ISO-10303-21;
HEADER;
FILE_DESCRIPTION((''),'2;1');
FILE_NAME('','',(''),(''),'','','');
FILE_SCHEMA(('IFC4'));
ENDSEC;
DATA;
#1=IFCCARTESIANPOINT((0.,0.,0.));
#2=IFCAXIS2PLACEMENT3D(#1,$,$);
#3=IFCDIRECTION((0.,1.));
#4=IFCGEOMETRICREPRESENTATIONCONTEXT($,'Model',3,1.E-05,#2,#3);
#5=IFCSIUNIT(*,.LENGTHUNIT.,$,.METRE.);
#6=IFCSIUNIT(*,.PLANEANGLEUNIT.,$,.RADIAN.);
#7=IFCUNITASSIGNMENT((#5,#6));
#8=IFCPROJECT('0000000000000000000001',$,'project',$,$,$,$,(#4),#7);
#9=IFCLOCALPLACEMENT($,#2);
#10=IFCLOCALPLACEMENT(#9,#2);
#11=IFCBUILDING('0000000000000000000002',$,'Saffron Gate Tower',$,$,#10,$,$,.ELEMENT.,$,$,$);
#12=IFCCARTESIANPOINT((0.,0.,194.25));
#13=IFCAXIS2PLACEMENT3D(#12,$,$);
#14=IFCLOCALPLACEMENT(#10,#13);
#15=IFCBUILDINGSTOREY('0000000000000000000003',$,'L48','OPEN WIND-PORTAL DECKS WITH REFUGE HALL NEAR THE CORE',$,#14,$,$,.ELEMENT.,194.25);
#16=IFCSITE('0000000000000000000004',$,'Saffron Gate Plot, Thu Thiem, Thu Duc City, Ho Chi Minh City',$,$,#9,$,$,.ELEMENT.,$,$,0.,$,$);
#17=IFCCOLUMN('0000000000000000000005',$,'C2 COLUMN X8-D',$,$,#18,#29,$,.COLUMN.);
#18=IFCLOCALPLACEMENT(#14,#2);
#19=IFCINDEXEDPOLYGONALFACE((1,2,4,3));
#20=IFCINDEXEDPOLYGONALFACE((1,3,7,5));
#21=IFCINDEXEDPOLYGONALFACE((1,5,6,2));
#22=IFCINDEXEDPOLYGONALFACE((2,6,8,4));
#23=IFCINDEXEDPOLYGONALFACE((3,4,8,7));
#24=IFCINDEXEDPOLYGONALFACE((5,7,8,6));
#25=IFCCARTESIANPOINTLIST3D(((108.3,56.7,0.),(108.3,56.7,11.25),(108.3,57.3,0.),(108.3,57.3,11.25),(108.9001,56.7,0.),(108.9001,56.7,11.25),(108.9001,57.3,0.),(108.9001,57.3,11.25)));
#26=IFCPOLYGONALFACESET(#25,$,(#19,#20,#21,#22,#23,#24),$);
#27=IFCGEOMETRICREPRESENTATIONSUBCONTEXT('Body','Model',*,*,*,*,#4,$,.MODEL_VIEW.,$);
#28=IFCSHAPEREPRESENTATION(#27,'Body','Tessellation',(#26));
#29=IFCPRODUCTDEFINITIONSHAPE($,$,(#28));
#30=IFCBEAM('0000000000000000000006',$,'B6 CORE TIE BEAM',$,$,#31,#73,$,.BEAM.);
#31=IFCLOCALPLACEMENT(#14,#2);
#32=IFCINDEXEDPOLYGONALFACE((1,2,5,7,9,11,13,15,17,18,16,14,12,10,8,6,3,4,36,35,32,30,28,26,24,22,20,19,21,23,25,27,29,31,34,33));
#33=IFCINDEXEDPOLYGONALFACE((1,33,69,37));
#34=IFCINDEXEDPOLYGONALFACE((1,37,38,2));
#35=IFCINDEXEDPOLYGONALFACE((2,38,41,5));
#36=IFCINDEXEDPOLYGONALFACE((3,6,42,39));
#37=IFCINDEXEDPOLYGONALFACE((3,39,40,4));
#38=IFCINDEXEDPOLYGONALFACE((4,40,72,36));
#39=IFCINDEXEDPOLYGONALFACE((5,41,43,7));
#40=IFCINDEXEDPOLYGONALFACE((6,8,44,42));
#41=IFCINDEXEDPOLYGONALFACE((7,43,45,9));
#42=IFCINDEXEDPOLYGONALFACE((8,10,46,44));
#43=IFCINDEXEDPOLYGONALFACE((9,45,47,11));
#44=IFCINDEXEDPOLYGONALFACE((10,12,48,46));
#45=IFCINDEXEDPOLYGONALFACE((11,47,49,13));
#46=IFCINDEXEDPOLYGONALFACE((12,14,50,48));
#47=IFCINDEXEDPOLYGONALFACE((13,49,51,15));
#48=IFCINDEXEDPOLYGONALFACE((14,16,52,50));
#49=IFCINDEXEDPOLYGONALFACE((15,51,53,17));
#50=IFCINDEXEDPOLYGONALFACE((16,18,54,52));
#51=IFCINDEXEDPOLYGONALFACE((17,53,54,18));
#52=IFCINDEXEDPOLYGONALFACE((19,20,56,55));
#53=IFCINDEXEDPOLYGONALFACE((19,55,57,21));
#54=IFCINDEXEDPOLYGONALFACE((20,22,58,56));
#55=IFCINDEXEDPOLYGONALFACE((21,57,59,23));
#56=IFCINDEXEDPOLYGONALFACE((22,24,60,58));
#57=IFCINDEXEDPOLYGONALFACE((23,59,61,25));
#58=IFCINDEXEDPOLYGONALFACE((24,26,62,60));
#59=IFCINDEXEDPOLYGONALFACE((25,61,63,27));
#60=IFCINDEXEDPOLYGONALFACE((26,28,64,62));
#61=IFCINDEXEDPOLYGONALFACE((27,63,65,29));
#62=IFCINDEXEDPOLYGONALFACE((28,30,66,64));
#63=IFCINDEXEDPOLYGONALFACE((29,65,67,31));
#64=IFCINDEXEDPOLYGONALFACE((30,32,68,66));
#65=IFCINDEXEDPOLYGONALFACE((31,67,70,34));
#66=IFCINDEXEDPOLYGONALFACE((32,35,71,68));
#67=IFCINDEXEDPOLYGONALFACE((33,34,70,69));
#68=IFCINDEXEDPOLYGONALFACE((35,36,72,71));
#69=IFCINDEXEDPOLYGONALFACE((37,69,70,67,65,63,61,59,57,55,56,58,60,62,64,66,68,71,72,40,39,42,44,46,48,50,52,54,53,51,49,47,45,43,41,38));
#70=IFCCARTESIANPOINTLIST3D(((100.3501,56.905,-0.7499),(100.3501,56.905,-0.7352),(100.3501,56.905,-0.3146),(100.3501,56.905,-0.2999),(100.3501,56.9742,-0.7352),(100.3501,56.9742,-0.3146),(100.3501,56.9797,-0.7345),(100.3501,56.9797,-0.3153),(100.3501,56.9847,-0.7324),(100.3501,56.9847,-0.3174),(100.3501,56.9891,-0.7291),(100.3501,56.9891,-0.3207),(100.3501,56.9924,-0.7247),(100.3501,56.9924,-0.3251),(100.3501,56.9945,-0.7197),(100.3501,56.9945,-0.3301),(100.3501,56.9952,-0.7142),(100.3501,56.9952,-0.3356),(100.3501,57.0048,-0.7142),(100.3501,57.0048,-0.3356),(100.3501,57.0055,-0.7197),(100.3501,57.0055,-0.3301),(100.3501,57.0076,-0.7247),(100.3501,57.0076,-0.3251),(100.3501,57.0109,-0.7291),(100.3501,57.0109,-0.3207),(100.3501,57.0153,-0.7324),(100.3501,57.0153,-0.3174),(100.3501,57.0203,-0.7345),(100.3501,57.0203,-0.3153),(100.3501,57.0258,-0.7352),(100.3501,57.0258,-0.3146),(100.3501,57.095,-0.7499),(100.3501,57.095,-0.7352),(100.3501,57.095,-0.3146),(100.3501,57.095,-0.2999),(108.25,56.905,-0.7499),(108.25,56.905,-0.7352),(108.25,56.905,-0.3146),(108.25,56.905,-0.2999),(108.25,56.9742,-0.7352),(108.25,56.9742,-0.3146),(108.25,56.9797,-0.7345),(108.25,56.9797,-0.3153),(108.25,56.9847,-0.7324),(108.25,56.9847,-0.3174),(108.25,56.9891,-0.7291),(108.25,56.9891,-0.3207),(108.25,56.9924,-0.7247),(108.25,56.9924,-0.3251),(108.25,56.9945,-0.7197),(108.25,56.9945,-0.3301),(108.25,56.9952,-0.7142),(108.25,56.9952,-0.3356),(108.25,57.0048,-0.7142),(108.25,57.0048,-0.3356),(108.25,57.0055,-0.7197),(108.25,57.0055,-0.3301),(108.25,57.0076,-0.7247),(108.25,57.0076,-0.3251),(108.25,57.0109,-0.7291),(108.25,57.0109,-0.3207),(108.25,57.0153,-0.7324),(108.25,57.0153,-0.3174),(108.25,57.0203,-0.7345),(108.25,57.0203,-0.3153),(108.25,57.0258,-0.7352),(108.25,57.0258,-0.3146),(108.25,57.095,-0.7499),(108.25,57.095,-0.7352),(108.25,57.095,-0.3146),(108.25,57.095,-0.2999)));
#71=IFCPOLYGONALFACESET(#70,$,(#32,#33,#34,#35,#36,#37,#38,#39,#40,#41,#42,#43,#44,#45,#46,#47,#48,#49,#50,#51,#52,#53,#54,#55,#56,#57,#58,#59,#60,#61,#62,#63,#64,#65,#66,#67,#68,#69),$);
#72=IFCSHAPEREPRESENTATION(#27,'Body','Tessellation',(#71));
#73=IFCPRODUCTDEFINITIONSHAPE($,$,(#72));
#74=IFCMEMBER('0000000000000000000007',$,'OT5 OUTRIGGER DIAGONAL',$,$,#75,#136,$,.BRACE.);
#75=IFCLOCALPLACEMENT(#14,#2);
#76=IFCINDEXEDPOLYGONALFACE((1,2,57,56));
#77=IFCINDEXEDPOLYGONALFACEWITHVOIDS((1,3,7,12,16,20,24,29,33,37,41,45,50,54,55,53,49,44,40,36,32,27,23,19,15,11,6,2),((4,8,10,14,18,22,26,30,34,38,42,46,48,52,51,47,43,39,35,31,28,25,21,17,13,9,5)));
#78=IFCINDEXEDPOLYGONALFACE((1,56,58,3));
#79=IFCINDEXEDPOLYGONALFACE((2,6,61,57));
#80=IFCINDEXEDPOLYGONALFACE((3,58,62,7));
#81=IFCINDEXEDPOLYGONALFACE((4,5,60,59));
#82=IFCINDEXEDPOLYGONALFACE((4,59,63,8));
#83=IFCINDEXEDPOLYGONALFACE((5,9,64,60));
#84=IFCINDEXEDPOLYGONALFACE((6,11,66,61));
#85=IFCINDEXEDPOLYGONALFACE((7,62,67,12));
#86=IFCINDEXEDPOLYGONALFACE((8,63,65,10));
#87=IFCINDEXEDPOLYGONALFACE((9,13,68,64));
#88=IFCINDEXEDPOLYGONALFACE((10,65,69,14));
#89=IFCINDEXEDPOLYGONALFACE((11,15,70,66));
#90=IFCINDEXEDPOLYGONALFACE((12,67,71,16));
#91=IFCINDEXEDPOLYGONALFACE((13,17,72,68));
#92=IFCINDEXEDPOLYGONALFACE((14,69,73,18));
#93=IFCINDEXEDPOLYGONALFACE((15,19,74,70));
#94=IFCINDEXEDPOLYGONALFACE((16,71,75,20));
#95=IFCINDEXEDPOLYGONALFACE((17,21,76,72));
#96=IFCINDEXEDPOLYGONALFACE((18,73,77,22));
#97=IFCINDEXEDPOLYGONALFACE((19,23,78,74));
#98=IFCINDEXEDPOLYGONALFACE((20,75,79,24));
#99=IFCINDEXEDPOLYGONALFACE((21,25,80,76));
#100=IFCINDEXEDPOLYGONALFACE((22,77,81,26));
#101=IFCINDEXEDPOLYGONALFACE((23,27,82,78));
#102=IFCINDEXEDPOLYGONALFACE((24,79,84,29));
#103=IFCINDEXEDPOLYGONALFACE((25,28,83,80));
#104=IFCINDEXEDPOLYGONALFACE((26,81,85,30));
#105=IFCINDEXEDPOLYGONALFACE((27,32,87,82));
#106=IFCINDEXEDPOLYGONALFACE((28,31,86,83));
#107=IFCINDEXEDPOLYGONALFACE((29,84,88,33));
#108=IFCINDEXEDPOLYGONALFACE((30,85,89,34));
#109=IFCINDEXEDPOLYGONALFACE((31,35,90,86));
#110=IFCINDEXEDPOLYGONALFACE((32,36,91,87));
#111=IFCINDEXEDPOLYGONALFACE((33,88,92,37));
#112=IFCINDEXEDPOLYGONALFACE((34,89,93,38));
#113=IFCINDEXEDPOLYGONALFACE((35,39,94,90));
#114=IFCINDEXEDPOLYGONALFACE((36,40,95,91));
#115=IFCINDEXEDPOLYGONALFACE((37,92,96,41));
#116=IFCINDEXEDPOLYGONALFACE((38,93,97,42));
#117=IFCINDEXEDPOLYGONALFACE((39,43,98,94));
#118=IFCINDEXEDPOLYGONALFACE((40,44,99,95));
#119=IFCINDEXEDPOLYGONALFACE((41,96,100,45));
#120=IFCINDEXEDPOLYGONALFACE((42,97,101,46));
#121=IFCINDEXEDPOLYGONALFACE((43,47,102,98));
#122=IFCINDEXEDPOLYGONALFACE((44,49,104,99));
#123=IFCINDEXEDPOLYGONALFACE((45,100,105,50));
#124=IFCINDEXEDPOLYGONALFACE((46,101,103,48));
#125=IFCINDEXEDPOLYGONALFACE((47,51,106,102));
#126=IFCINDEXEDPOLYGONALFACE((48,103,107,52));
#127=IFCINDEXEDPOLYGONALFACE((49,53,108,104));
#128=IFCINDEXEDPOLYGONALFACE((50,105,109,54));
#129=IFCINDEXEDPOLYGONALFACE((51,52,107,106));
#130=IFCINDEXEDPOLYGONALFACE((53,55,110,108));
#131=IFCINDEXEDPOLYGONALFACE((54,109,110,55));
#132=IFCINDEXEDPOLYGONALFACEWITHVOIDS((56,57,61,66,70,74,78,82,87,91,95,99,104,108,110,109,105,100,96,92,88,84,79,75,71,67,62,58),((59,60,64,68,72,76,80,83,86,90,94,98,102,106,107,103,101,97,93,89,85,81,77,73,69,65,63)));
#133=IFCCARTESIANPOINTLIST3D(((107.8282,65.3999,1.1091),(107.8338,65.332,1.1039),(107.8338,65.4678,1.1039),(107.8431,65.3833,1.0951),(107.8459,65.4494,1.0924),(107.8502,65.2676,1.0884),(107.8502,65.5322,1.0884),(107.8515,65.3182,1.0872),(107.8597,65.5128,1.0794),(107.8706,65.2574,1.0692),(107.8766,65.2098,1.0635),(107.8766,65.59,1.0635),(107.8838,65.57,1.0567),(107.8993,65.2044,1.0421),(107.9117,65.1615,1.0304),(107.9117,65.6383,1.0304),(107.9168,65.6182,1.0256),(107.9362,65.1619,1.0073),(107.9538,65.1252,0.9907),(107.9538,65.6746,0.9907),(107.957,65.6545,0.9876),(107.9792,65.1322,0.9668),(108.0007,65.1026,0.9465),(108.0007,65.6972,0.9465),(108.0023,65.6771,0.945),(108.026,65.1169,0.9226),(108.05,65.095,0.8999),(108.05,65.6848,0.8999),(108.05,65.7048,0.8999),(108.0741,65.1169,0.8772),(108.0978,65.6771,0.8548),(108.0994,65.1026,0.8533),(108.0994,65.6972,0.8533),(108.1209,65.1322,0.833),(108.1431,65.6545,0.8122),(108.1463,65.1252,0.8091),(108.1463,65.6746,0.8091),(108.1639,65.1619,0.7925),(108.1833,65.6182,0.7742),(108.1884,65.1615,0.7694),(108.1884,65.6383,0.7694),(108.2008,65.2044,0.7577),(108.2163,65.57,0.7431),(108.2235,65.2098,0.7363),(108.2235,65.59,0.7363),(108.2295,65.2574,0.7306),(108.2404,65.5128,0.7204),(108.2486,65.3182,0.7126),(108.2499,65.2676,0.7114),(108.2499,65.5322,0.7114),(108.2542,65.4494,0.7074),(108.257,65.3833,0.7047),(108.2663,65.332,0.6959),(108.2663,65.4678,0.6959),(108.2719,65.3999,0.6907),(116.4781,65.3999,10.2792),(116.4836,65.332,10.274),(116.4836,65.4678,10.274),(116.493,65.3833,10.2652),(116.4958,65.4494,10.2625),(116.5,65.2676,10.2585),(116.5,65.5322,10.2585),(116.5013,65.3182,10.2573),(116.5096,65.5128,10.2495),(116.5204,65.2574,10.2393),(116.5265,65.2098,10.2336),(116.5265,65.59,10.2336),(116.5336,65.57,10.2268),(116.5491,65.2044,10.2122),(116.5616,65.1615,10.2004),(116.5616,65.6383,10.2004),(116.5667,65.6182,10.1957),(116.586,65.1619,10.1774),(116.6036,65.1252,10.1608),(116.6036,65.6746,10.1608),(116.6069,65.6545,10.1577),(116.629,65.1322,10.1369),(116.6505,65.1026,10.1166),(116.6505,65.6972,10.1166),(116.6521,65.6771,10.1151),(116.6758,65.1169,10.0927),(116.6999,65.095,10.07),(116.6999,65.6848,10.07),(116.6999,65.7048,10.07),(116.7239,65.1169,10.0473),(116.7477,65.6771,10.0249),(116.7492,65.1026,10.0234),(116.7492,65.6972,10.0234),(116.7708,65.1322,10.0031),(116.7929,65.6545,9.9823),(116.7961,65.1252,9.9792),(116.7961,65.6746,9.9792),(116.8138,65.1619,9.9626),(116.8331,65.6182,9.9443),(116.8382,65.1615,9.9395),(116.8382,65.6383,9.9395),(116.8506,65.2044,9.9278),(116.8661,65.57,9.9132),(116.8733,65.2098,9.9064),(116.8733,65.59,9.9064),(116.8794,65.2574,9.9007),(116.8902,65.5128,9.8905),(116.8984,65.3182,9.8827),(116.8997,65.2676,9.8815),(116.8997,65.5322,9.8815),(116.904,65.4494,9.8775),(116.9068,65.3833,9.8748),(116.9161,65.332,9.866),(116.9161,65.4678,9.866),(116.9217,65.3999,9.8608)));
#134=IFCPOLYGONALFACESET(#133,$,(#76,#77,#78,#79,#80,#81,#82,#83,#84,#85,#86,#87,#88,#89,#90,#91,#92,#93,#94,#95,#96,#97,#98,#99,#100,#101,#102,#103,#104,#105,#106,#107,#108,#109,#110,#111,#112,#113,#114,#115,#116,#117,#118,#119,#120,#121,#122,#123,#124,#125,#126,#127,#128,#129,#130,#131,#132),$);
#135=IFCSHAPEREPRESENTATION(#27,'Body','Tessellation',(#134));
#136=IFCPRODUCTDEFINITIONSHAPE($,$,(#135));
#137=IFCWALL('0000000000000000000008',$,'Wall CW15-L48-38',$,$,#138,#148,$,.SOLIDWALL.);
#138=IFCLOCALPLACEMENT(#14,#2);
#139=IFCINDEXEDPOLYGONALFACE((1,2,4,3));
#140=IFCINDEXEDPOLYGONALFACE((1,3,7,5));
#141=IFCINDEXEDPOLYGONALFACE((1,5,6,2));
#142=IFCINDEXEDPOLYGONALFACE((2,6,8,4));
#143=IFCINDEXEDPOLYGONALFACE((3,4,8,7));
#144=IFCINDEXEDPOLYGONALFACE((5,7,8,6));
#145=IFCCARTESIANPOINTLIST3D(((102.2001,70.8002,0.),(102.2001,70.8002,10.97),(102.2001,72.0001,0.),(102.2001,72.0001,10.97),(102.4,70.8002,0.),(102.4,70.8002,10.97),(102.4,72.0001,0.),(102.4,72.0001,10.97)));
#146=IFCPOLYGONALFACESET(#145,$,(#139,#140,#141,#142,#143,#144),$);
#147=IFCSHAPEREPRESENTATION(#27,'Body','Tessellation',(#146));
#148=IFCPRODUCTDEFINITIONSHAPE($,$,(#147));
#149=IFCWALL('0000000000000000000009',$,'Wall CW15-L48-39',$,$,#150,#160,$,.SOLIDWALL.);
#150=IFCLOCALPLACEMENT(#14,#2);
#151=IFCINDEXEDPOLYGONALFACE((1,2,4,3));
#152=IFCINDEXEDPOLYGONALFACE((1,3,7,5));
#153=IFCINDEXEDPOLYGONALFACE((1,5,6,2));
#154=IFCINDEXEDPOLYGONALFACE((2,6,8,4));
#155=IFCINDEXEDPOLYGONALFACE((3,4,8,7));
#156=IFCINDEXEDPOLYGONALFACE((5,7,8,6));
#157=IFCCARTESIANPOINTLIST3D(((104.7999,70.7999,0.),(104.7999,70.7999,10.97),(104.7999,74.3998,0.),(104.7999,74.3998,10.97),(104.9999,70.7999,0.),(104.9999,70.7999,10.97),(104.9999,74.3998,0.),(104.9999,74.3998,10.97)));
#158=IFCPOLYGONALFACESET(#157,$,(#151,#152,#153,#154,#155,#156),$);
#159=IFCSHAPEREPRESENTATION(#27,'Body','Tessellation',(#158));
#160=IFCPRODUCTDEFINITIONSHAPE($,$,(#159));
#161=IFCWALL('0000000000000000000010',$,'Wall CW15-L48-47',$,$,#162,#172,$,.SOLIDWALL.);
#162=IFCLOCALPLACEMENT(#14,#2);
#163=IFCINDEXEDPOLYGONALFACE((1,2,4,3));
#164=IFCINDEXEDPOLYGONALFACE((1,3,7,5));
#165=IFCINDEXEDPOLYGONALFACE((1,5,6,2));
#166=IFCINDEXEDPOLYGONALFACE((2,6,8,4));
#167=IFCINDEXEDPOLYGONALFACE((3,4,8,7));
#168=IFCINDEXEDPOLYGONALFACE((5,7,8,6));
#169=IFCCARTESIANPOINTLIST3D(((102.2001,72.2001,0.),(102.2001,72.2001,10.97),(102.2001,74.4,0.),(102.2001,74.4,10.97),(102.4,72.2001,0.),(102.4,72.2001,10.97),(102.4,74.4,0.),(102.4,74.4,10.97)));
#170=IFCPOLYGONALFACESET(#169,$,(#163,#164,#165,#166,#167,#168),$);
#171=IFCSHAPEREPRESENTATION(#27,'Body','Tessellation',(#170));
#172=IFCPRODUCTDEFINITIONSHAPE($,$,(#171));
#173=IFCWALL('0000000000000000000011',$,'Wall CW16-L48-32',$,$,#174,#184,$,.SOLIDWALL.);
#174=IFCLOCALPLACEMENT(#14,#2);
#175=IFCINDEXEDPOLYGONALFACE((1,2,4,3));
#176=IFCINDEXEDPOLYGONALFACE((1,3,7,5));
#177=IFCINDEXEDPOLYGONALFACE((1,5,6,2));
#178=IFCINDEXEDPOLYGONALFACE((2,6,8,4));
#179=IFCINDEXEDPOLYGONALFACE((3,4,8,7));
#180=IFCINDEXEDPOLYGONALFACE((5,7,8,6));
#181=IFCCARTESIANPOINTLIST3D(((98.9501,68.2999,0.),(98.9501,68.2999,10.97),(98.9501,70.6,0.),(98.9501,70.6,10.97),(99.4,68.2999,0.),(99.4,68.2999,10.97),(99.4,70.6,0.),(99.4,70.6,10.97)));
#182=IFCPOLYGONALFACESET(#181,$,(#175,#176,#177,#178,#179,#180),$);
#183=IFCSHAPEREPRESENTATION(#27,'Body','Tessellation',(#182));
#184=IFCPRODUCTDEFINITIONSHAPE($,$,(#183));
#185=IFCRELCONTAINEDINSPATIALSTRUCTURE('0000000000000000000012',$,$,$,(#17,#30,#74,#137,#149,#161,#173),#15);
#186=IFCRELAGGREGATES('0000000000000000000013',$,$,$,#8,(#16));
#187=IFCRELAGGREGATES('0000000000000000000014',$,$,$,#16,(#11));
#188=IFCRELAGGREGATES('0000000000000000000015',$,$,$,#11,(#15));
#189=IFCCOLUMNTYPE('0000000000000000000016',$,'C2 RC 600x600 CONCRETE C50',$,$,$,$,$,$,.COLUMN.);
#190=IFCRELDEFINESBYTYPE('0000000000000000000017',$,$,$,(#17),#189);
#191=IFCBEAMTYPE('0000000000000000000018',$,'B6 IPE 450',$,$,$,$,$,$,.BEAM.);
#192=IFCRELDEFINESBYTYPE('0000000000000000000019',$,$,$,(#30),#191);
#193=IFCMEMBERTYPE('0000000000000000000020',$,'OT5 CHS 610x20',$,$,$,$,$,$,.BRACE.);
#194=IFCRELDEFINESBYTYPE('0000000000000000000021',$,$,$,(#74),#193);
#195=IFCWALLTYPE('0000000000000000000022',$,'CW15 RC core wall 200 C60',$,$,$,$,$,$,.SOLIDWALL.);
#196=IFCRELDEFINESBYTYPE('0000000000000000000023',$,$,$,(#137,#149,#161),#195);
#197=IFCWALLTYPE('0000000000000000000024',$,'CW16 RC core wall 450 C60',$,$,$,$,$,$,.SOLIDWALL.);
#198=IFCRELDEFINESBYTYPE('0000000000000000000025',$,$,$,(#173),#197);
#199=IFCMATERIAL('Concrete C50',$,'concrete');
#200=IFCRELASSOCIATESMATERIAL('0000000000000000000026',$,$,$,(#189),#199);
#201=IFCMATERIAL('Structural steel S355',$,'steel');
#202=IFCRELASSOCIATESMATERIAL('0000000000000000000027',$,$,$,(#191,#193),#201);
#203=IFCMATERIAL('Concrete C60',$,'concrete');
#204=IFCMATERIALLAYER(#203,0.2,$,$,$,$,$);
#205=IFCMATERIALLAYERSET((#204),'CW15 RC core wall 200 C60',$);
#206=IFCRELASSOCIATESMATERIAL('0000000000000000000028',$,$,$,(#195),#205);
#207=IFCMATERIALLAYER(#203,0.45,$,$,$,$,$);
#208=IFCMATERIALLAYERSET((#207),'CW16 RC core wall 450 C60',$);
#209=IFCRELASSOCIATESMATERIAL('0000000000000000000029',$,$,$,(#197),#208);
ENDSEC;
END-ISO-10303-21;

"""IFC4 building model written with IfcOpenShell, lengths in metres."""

from ifc_helpers import new_model, si_unit, direction, frame, frame_2d, origin, origin_2d, place, context, subcontext, project, spatial, rectangle, hollow_circle, i_section, extrude, material, layer, layer_set, material_profile, profile_set, type_object, element, save


model = new_model("IFC4")

# Units and contexts
model_context = context("Model", 3, precision=1e-05, world=origin(), true_north=direction((0.0, 1.0)))
body_context = subcontext(model_context, "Body", "Model", "MODEL_VIEW")
ifc_project = project(units=[si_unit("LENGTHUNIT", "METRE"), si_unit("PLANEANGLEUNIT", "RADIAN")], contexts=[model_context])

# Site, building, storey
site_placement = place(None, origin())
site = spatial("IfcSite", under=ifc_project, at=site_placement, Name="Saffron Gate Plot, Thu Thiem, Thu Duc City, Ho Chi Minh City", CompositionType="ELEMENT", RefElevation=0.0)
building_placement = place(site_placement, origin())
building = spatial("IfcBuilding", under=site, at=building_placement, Name="Saffron Gate Tower", CompositionType="ELEMENT")
storey_placement = place(building_placement, frame((0.0, 0.0, 194.25)))
storey = spatial("IfcBuildingStorey", under=building, at=storey_placement, Name="L48", Description="OPEN WIND-PORTAL DECKS WITH REFUGE HALL NEAR THE CORE", CompositionType="ELEMENT", Elevation=194.25)

# Column
ifc_material_1 = material(Name="Concrete C50", Category="concrete")
ifc_material_profile_1 = material_profile(ifc_material_1, rectangle(XDim=0.6001, YDim=0.6001, at=origin_2d()))
ifc_profile_set_1 = profile_set([ifc_material_profile_1], Name="Concrete C50")
column_type = type_object("IfcColumnType", Name="C2 RC 600x600 CONCRETE C50", PredefinedType="COLUMN", material=ifc_profile_set_1)
column_placement = place(storey_placement, frame((108.6001, 57.0, 0.0), z_axis=(0.0, 0.0, 1.0), x_axis=(1.0, 0.0, 0.0)))
element("IfcColumn", 1, at=column_placement, inside=storey, type_object=column_type, Name="C2 COLUMN X8-D", PredefinedType="COLUMN", context=body_context, shape_type="SweptSolid", body=[
    extrude(rectangle(XDim=0.6001, YDim=0.6001, at=origin_2d()), origin(), (0.0, 0.0, 1.0), 11.25),
])

# Beam
ifc_material_2 = material(Name="Structural steel S355", Category="steel")
ifc_material_profile_2 = material_profile(ifc_material_2, i_section(OverallWidth=0.1899, OverallDepth=0.45, WebThickness=0.0095, FlangeThickness=0.0146, FilletRadius=0.021, at=origin_2d()))
ifc_profile_set_2 = profile_set([ifc_material_profile_2], Name="Structural steel S355")
beam_type = type_object("IfcBeamType", Name="B6 IPE 450", PredefinedType="BEAM", material=ifc_profile_set_2)
beam_placement = place(storey_placement, frame((108.25, 57.0, -0.5249), z_axis=(-1.0, 0.0, 0.0), x_axis=(0.0, -1.0, 0.0)))
element("IfcBeam", 2, at=beam_placement, inside=storey, type_object=beam_type, Name="B6 CORE TIE BEAM", PredefinedType="BEAM", context=body_context, shape_type="SweptSolid", body=[
    extrude(i_section(OverallWidth=0.1899, OverallDepth=0.45, WebThickness=0.0095, FlangeThickness=0.0146, FilletRadius=0.021, at=origin_2d()), origin(), (0.0, 0.0, 1.0), 7.8999),
])

# Member
ifc_material_profile_3 = material_profile(ifc_material_2, hollow_circle(Radius=0.3049, WallThickness=0.02, at=origin_2d()))
ifc_profile_set_3 = profile_set([ifc_material_profile_3], Name="Structural steel S355")
member_type = type_object("IfcMemberType", Name="OT5 CHS 610x20", PredefinedType="BRACE", material=ifc_profile_set_3)
member_placement = place(storey_placement, frame((108.05, 65.3999, 0.8999), z_axis=(0.68617, 0.0, 0.727441), x_axis=(0.0, 1.0, 0.0)))
element("IfcMember", 3, at=member_placement, inside=storey, type_object=member_type, Name="OT5 OUTRIGGER DIAGONAL", PredefinedType="BRACE", context=body_context, shape_type="SweptSolid", body=[
    extrude(hollow_circle(Radius=0.3049, WallThickness=0.02, at=origin_2d()), origin(), (0.0, 0.0, 1.0), 12.606),
])

# Walls
ifc_material_3 = material(Name="Concrete C60", Category="concrete")
ifc_layer_1 = layer(ifc_material_3, 0.2)
ifc_layer_set_1 = layer_set([ifc_layer_1], Name="CW15 RC core wall 200 C60")
wall_type_1 = type_object("IfcWallType", Name="CW15 RC core wall 200 C60", PredefinedType="SOLIDWALL", material=ifc_layer_set_1)
wall_1_placement = place(storey_placement, frame((102.3, 70.8, 0.0), z_axis=(0.0, 0.0, 1.0), x_axis=(0.0, 1.0, 0.0)))
element("IfcWall", 4, at=wall_1_placement, inside=storey, type_object=wall_type_1, Name="Wall CW15-L48-38", PredefinedType="SOLIDWALL", context=body_context, shape_type="SweptSolid", body=[
    extrude(rectangle(XDim=1.2, YDim=0.2, at=frame_2d((0.6001, 0.0))), origin(), (0.0, 0.0, 1.0), 10.97),
])
wall_2_placement = place(storey_placement, frame((104.8999, 70.8, 0.0), z_axis=(0.0, 0.0, 1.0), x_axis=(0.0, 1.0, 0.0)))
element("IfcWall", 5, at=wall_2_placement, inside=storey, type_object=wall_type_1, Name="Wall CW15-L48-39", PredefinedType="SOLIDWALL", context=body_context, shape_type="SweptSolid", body=[
    extrude(rectangle(XDim=3.5999, YDim=0.2, at=frame_2d((1.7998, 0.0))), origin(), (0.0, 0.0, 1.0), 10.97),
])
wall_3_placement = place(storey_placement, frame((102.3, 72.2, 0.0), z_axis=(0.0, 0.0, 1.0), x_axis=(0.0, 1.0, 0.0)))
element("IfcWall", 6, at=wall_3_placement, inside=storey, type_object=wall_type_1, Name="Wall CW15-L48-47", PredefinedType="SOLIDWALL", context=body_context, shape_type="SweptSolid", body=[
    extrude(rectangle(XDim=2.2, YDim=0.2, at=frame_2d((1.1001, 0.0))), origin(), (0.0, 0.0, 1.0), 10.97),
])
ifc_layer_2 = layer(ifc_material_3, 0.45)
ifc_layer_set_2 = layer_set([ifc_layer_2], Name="CW16 RC core wall 450 C60")
wall_type_2 = type_object("IfcWallType", Name="CW16 RC core wall 450 C60", PredefinedType="SOLIDWALL", material=ifc_layer_set_2)
wall_4_placement = place(storey_placement, frame((99.175, 68.3, 0.0), z_axis=(0.0, 0.0, 1.0), x_axis=(0.0, 1.0, 0.0)))
element("IfcWall", 7, at=wall_4_placement, inside=storey, type_object=wall_type_2, Name="Wall CW16-L48-32", PredefinedType="SOLIDWALL", context=body_context, shape_type="SweptSolid", body=[
    extrude(rectangle(XDim=2.3, YDim=0.45, at=frame_2d((1.1499, 0.0))), origin(), (0.0, 0.0, 1.0), 10.97),
])

save(model, "model.ifc")
